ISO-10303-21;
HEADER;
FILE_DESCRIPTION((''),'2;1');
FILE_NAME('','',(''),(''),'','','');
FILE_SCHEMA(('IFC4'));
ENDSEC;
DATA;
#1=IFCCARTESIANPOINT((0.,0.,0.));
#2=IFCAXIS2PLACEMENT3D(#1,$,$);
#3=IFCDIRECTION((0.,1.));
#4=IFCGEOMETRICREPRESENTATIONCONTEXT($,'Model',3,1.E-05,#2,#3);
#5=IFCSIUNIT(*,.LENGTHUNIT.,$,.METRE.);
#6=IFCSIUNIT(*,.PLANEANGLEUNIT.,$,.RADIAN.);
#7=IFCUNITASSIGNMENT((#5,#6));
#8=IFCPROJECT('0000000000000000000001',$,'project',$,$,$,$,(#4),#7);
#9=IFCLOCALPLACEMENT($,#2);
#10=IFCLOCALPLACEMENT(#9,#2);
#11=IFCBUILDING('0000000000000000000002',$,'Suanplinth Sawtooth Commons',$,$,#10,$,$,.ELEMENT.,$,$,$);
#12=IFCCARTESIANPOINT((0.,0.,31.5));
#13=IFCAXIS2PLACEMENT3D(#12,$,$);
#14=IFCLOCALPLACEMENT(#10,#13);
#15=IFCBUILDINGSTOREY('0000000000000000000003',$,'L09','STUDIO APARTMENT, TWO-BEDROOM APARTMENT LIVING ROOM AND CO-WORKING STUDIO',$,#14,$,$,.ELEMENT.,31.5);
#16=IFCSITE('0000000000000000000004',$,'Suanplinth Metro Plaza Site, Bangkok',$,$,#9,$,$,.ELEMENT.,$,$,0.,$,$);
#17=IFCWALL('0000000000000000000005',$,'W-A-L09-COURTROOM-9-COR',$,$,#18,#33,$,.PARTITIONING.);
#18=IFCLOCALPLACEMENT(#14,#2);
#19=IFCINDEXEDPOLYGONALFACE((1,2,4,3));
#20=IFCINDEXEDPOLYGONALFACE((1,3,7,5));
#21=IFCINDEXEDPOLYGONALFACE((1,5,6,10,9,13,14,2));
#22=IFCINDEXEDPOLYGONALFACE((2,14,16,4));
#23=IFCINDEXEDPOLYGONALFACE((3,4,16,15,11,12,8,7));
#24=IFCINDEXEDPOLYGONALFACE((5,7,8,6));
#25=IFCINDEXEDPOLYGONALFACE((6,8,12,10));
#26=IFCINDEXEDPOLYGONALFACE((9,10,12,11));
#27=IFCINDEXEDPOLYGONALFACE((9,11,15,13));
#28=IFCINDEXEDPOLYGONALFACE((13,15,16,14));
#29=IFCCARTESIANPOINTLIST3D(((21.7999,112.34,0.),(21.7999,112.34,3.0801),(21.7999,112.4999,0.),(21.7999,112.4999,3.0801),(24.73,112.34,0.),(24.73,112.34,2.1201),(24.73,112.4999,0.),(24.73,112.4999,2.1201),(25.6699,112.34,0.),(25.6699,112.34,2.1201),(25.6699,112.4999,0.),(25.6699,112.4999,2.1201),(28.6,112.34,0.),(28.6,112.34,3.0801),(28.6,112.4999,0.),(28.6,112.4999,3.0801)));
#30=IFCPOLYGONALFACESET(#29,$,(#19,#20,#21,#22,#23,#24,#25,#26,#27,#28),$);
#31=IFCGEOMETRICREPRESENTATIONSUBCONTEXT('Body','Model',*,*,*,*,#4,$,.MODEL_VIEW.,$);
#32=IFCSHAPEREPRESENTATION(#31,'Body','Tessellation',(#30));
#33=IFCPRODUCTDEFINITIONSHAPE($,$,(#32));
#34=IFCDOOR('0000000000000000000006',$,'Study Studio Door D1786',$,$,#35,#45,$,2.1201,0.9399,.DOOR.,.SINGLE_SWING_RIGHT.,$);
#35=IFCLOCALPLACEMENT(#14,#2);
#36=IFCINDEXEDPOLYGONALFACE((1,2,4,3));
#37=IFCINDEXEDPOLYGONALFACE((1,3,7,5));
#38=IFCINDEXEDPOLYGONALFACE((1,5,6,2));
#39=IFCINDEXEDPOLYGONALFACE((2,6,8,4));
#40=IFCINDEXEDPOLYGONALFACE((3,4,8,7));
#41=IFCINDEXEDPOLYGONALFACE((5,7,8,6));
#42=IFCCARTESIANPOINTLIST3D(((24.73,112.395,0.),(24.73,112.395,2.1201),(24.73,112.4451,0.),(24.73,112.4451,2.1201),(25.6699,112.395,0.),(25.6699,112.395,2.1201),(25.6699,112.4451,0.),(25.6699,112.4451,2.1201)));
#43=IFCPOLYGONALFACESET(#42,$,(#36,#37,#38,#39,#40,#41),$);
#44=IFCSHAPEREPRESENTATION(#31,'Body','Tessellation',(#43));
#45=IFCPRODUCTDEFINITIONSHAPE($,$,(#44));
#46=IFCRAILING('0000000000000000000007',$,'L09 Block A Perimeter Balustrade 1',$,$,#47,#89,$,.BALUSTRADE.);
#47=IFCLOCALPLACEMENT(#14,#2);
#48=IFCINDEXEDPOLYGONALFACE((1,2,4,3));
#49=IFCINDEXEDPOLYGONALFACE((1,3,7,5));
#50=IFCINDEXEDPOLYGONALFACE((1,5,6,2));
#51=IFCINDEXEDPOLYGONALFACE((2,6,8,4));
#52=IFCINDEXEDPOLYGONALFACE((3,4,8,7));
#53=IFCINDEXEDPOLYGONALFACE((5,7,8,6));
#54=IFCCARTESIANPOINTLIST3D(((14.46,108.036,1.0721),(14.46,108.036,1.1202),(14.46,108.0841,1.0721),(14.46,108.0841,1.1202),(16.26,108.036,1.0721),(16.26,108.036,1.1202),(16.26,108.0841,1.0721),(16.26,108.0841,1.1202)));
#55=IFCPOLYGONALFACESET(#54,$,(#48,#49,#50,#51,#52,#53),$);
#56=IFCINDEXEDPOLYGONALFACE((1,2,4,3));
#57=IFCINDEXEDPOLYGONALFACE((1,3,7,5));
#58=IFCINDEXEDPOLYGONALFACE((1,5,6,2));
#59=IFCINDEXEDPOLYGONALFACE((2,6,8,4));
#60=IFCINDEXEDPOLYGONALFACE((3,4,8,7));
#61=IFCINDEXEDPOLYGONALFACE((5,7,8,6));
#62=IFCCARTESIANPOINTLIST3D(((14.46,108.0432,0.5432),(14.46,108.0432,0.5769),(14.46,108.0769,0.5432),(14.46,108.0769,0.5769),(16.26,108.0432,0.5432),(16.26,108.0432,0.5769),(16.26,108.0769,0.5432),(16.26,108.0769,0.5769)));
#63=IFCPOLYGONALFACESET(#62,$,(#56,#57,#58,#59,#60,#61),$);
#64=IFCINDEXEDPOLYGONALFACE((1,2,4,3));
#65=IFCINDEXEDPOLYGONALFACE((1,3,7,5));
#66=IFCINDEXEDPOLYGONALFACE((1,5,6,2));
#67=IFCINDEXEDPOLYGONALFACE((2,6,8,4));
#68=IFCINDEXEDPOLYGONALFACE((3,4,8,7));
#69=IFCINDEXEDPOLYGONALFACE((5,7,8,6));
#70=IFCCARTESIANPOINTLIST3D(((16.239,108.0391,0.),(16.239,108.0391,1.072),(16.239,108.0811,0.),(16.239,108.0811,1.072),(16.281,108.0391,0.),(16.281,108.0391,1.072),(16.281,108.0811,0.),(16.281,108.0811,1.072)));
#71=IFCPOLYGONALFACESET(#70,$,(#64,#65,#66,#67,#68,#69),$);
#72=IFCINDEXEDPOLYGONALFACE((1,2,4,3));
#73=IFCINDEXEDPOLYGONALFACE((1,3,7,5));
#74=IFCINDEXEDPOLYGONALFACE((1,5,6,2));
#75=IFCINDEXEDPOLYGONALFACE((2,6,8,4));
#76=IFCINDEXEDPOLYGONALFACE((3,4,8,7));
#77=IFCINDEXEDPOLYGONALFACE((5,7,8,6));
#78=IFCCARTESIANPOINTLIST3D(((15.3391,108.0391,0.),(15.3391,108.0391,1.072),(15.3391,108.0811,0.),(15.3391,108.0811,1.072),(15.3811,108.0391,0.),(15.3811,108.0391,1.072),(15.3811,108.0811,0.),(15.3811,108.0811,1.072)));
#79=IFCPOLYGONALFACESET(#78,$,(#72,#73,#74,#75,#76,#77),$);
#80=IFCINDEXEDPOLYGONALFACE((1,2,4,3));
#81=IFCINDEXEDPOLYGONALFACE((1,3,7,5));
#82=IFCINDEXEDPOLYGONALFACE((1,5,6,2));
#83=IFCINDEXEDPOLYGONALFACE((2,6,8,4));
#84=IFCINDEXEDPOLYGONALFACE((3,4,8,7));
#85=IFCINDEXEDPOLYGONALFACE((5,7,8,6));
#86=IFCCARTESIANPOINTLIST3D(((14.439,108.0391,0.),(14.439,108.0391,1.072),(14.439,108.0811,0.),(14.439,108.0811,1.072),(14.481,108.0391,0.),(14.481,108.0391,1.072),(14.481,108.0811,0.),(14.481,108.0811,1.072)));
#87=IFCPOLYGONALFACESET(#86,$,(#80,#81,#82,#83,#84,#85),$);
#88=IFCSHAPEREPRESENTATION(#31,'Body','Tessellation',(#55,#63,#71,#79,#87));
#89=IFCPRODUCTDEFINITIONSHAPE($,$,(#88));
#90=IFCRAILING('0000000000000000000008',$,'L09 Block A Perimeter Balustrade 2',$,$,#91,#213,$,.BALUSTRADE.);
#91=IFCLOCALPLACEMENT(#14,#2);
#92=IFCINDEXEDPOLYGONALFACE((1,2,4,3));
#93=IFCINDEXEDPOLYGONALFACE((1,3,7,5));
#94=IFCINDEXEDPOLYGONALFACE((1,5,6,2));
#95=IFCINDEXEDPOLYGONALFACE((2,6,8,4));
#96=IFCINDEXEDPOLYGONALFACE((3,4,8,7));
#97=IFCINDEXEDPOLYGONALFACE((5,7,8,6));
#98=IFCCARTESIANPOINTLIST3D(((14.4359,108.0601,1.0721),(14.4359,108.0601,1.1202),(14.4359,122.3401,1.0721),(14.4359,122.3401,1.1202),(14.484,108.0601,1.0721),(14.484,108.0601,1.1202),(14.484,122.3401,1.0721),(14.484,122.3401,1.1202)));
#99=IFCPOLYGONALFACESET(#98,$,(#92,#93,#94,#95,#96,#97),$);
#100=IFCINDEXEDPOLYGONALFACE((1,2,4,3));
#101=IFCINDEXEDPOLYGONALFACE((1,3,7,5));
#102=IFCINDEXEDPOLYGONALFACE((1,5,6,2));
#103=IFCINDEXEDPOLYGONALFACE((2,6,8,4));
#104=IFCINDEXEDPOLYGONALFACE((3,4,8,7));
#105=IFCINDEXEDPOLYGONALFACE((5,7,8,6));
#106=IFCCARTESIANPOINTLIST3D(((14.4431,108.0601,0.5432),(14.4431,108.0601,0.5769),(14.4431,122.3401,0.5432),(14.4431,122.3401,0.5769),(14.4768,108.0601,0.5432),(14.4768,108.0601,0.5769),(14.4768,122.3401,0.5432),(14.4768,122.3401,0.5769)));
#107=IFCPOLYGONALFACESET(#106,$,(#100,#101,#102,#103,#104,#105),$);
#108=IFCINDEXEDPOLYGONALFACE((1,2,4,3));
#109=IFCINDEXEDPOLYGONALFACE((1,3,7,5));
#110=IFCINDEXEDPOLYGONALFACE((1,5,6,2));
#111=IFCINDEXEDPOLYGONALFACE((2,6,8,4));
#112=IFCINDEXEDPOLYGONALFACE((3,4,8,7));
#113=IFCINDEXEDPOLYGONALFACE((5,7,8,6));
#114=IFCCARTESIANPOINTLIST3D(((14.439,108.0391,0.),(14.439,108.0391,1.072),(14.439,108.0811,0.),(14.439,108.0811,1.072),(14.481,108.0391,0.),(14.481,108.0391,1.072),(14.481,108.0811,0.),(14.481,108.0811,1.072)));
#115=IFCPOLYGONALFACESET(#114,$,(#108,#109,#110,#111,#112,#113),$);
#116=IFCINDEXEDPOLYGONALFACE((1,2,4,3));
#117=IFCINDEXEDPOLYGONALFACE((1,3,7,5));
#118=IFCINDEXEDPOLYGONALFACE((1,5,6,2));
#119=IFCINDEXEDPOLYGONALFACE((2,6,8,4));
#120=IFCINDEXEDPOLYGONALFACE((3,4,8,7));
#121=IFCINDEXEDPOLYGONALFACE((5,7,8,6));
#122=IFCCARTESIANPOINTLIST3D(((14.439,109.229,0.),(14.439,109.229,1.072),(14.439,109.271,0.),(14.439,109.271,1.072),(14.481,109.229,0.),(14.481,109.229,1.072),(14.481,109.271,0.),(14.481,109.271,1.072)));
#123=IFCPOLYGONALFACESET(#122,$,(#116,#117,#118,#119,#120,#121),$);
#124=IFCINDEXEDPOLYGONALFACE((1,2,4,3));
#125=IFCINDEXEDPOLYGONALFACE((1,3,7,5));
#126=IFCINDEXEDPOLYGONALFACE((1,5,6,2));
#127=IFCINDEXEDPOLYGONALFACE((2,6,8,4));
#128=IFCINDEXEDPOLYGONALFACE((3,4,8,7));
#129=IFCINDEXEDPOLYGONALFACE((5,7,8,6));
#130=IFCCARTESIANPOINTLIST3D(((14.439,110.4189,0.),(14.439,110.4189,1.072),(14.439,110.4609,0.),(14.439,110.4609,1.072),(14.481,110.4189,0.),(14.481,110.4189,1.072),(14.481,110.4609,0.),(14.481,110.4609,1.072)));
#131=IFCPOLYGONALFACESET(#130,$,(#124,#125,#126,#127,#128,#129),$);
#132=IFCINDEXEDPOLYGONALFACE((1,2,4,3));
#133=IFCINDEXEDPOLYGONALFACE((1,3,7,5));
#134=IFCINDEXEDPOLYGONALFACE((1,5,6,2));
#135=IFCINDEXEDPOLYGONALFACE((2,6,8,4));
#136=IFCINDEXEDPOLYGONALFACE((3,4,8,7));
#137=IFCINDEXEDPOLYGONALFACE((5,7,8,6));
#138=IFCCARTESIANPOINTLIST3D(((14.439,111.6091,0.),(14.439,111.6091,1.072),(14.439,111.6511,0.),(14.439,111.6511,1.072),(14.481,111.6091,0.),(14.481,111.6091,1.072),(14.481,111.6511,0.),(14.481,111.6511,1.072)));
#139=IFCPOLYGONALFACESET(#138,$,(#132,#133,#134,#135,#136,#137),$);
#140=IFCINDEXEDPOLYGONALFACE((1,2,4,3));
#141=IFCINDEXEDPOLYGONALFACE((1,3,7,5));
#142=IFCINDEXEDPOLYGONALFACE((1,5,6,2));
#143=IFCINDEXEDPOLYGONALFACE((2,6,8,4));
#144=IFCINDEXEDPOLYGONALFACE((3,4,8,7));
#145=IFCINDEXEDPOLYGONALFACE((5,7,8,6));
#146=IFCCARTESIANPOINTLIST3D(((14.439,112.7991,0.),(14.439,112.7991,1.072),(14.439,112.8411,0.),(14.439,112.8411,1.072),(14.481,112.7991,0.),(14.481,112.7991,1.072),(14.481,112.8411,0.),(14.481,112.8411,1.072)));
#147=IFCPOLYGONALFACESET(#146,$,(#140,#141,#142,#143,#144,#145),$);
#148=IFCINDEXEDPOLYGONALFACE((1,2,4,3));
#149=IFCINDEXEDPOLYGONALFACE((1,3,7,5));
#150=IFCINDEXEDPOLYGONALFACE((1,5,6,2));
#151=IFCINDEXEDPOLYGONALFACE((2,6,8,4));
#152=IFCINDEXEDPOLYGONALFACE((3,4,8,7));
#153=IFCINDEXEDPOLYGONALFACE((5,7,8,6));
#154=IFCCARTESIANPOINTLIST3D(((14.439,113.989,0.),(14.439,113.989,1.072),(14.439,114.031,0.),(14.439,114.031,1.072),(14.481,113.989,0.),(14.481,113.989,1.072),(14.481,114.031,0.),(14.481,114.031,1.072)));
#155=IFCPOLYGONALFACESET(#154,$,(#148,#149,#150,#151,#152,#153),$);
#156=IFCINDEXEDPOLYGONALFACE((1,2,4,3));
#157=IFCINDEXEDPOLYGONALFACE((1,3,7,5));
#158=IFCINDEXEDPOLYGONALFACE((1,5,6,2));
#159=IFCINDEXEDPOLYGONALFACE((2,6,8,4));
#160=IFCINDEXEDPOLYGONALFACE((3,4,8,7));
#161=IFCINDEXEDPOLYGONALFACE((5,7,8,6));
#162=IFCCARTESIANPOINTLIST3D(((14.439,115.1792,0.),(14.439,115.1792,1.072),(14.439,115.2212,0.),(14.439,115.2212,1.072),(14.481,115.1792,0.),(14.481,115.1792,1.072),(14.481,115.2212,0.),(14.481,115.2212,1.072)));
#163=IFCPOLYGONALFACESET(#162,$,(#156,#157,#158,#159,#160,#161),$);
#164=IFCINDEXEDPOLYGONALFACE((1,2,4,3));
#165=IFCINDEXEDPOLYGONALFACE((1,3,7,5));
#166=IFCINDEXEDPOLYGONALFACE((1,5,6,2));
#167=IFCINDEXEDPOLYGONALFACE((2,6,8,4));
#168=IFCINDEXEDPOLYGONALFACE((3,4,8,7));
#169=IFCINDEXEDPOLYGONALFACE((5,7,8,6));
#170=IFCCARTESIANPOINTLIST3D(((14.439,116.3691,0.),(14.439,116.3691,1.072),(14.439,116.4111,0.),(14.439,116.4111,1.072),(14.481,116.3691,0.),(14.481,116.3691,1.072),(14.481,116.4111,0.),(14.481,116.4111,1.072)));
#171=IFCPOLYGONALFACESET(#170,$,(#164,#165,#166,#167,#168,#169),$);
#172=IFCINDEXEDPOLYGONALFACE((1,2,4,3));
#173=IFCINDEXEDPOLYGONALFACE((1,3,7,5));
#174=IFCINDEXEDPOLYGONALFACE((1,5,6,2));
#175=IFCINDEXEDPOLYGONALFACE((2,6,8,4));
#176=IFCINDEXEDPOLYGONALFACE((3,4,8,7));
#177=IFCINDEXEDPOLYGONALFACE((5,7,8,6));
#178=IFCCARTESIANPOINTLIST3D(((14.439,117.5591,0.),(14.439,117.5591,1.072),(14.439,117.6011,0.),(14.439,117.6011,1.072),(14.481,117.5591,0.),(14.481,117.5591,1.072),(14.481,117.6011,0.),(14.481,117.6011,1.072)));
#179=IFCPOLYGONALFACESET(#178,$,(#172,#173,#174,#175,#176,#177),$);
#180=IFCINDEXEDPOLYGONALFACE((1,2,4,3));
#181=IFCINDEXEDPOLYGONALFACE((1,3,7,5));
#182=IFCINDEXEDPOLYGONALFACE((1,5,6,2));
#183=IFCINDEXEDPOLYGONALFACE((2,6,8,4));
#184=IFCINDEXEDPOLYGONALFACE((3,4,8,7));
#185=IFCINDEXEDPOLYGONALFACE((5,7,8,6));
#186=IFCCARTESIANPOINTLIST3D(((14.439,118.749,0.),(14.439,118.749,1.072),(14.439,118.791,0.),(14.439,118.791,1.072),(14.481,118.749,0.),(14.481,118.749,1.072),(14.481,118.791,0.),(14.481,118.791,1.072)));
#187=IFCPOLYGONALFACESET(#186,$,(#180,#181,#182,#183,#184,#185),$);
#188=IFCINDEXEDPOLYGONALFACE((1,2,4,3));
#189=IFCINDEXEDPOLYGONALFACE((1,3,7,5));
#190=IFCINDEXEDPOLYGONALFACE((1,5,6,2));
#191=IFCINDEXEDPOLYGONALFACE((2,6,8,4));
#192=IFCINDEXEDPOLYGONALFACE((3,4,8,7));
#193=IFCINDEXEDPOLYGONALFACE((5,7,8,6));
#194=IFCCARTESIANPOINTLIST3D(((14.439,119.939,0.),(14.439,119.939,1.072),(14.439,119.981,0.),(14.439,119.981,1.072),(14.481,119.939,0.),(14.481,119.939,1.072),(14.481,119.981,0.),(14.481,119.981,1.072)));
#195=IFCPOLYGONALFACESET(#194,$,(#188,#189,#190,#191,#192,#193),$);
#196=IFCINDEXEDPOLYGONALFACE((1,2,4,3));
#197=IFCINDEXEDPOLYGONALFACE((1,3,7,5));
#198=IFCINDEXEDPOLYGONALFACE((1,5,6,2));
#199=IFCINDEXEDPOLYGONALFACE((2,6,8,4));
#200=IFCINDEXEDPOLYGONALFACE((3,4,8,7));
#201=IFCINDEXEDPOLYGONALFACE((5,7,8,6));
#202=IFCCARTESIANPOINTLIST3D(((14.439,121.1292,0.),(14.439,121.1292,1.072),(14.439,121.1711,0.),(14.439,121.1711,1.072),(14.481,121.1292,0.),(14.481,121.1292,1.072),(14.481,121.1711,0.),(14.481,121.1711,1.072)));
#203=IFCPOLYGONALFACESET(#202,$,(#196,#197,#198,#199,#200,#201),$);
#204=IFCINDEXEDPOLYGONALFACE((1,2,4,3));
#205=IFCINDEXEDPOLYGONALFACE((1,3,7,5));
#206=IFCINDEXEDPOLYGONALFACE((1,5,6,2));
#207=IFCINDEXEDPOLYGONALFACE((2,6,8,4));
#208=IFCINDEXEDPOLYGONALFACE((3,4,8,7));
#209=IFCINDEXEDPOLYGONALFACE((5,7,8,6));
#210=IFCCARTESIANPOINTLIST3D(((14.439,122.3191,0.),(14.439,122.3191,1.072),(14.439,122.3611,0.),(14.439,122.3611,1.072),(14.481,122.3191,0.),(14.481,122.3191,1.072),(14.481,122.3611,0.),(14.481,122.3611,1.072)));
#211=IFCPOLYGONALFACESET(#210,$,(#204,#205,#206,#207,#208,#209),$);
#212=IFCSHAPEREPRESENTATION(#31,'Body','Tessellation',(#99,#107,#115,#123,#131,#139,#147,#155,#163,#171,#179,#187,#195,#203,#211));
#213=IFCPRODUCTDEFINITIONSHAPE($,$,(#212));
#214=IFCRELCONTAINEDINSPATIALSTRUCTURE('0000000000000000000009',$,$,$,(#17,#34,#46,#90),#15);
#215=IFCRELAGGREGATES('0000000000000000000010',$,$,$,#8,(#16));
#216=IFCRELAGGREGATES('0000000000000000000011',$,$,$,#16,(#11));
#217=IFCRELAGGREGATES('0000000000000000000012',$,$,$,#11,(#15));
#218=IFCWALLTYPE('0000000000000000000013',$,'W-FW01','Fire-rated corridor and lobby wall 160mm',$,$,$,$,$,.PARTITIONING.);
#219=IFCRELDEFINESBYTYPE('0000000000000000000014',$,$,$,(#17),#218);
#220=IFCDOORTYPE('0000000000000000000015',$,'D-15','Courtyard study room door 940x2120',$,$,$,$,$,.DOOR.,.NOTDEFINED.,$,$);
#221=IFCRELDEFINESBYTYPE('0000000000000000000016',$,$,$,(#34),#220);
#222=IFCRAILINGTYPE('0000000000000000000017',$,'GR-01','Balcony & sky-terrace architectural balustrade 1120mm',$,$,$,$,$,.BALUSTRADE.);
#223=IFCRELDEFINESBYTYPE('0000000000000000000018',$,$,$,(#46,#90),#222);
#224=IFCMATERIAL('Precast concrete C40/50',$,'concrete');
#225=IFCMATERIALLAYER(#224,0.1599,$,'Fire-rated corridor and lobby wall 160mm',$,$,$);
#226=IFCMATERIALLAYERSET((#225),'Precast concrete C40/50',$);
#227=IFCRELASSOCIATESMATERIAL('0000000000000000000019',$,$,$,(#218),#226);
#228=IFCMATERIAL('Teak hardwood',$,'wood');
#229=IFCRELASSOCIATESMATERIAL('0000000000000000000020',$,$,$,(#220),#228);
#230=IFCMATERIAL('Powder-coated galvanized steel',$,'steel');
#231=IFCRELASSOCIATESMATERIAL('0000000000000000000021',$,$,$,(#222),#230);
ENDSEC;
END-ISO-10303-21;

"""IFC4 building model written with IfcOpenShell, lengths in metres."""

from ifc_helpers import new_model, si_unit, direction, frame, frame_2d, origin, origin_2d, place, context, subcontext, project, spatial, rectangle, extrude, material, layer, layer_set, type_object, element, fill, save


model = new_model("IFC4")

# Units and contexts
model_context = context("Model", 3, precision=1e-05, world=origin(), true_north=direction((0.0, 1.0)))
body_context = subcontext(model_context, "Body", "Model", "MODEL_VIEW")
ifc_project = project(units=[si_unit("LENGTHUNIT", "METRE"), si_unit("PLANEANGLEUNIT", "RADIAN")], contexts=[model_context])

# Site, building, storey
site_placement = place(None, origin())
site = spatial("IfcSite", under=ifc_project, at=site_placement, Name="Suanplinth Metro Plaza Site, Bangkok", CompositionType="ELEMENT", RefElevation=0.0)
building_placement = place(site_placement, origin())
building = spatial("IfcBuilding", under=site, at=building_placement, Name="Suanplinth Sawtooth Commons", CompositionType="ELEMENT")
storey_placement = place(building_placement, frame((0.0, 0.0, 31.5)))
storey = spatial("IfcBuildingStorey", under=building, at=storey_placement, Name="L09", Description="STUDIO APARTMENT, TWO-BEDROOM APARTMENT LIVING ROOM AND CO-WORKING STUDIO", CompositionType="ELEMENT", Elevation=31.5)

# Shared definitions
ifc_material_1 = material(Name="Precast concrete C40/50", Category="concrete")

# Shared definitions
ifc_layer_1 = layer(ifc_material_1, 0.1599, Name="Fire-rated corridor and lobby wall 160mm")
ifc_layer_set_1 = layer_set([ifc_layer_1], Name="Precast concrete C40/50")
wall_type_1 = type_object("IfcWallType", Name="W-FW01", Description="Fire-rated corridor and lobby wall 160mm", PredefinedType="PARTITIONING", material=ifc_layer_set_1)

# Wall, opening, door
ifc_material_2 = material(Name="Teak hardwood", Category="wood")
door_type_1 = type_object("IfcDoorType", Name="D-15", Description="Courtyard study room door 940x2120", OperationType="NOTDEFINED", PredefinedType="DOOR", material=ifc_material_2)
wall_1_placement = place(storey_placement, frame((21.8, 112.4199, 0.0), z_axis=(0.0, 0.0, 1.0), x_axis=(1.0, 0.0, 0.0)))
wall_1 = element("IfcWall", 1, at=wall_1_placement, inside=storey, type_object=wall_type_1, Name="W-A-L09-COURTROOM-9-COR", PredefinedType="PARTITIONING", context=body_context, shape_type="SweptSolid", body=[
    extrude(rectangle(XDim=6.8, YDim=0.1599, at=frame_2d((3.3999, 0.0))), origin(), (0.0, 0.0, 1.0), 3.0801),
])
opening_1_placement = place(wall_1_placement, frame((2.9299, 0.0, 0.0)))
opening_1 = element("IfcOpeningElement", 2, at=opening_1_placement, cuts=wall_1, PredefinedType="OPENING", context=body_context, shape_type="SweptSolid", body=[
    extrude(rectangle(XDim=0.9399, YDim=2.1201, at=frame_2d((0.47, 1.0601))), frame((0.0, 0.0947, 0.0), z_axis=(0.0, -1.0, 0.0), x_axis=(1.0, 0.0, 0.0)), (0.0, 0.0, 1.0), 0.1897),
])
door_1_placement = place(opening_1_placement, frame((0.9399, 0.0, 0.0), z_axis=(0.0, 0.0, 1.0), x_axis=(-1.0, 0.0, 0.0)))
door_1 = element("IfcDoor", 3, at=door_1_placement, inside=storey, type_object=door_type_1, Name="Study Studio Door D1786", OperationType="SINGLE_SWING_RIGHT", OverallHeight=2.1201, OverallWidth=0.9399, PredefinedType="DOOR", context=body_context, shape_type="SweptSolid", body=[
    extrude(rectangle(XDim=0.9399, YDim=2.1201, at=frame_2d((0.47, 1.0601))), frame((0.0, 0.0249, 0.0), z_axis=(0.0, -1.0, 0.0), x_axis=(1.0, 0.0, 0.0)), (0.0, 0.0, 1.0), 0.05),
])
fill(opening_1, door_1)

# Railings
ifc_material_3 = material(Name="Powder-coated galvanized steel", Category="steel")
railing_type = type_object("IfcRailingType", Name="GR-01", Description="Balcony & sky-terrace architectural balustrade 1120mm", PredefinedType="BALUSTRADE", material=ifc_material_3)
railing_1_placement = place(storey_placement, frame((16.26, 108.0601, 0.0)))
element("IfcRailing", 4, at=railing_1_placement, inside=storey, type_object=railing_type, Name="L09 Block A Perimeter Balustrade 1", PredefinedType="BALUSTRADE", context=body_context, shape_type="SweptSolid", body=[
    extrude(rectangle(XDim=0.0481, YDim=0.0481, at=origin_2d()), frame((0.0, 0.0, 1.0962), z_axis=(-1.0, 0.0, 0.0), x_axis=(0.0, -1.0, 0.0)), (0.0, 0.0, 1.0), 1.8),
    extrude(rectangle(XDim=0.0337, YDim=0.0337, at=origin_2d()), frame((0.0, 0.0, 0.5601), z_axis=(-1.0, 0.0, 0.0), x_axis=(0.0, -1.0, 0.0)), (0.0, 0.0, 1.0), 1.8),
    extrude(rectangle(XDim=0.042, YDim=0.042, at=origin_2d()), origin(), (0.0, 0.0, 1.0), 1.072),
    extrude(rectangle(XDim=0.042, YDim=0.042, at=origin_2d()), frame((-0.8999, 0.0, 0.0)), (0.0, 0.0, 1.0), 1.072),
    extrude(rectangle(XDim=0.042, YDim=0.042, at=origin_2d()), frame((-1.8, 0.0, 0.0)), (0.0, 0.0, 1.0), 1.072),
])
railing_2_placement = place(storey_placement, frame((14.46, 108.0601, 0.0)))
element("IfcRailing", 5, at=railing_2_placement, inside=storey, type_object=railing_type, Name="L09 Block A Perimeter Balustrade 2", PredefinedType="BALUSTRADE", context=body_context, shape_type="SweptSolid", body=[
    extrude(rectangle(XDim=0.0481, YDim=0.0481, at=origin_2d()), frame((0.0, 0.0, 1.0962), z_axis=(0.0, 1.0, 0.0), x_axis=(-1.0, 0.0, 0.0)), (0.0, 0.0, 1.0), 14.28),
    extrude(rectangle(XDim=0.0337, YDim=0.0337, at=origin_2d()), frame((0.0, 0.0, 0.5601), z_axis=(0.0, 1.0, 0.0), x_axis=(-1.0, 0.0, 0.0)), (0.0, 0.0, 1.0), 14.28),
    extrude(rectangle(XDim=0.042, YDim=0.042, at=origin_2d()), origin(), (0.0, 0.0, 1.0), 1.072),
    extrude(rectangle(XDim=0.042, YDim=0.042, at=origin_2d()), frame((0.0, 1.1899, 0.0)), (0.0, 0.0, 1.0), 1.072),
    extrude(rectangle(XDim=0.042, YDim=0.042, at=origin_2d()), frame((0.0, 2.3799, 0.0)), (0.0, 0.0, 1.0), 1.072),
    extrude(rectangle(XDim=0.042, YDim=0.042, at=origin_2d()), frame((0.0, 3.5701, 0.0)), (0.0, 0.0, 1.0), 1.072),
    extrude(rectangle(XDim=0.042, YDim=0.042, at=origin_2d()), frame((0.0, 4.76, 0.0)), (0.0, 0.0, 1.0), 1.072),
    extrude(rectangle(XDim=0.042, YDim=0.042, at=origin_2d()), frame((0.0, 5.95, 0.0)), (0.0, 0.0, 1.0), 1.072),
    extrude(rectangle(XDim=0.042, YDim=0.042, at=origin_2d()), frame((0.0, 7.1401, 0.0)), (0.0, 0.0, 1.0), 1.072),
    extrude(rectangle(XDim=0.042, YDim=0.042, at=origin_2d()), frame((0.0, 8.3301, 0.0)), (0.0, 0.0, 1.0), 1.072),
    extrude(rectangle(XDim=0.042, YDim=0.042, at=origin_2d()), frame((0.0, 9.52, 0.0)), (0.0, 0.0, 1.0), 1.072),
    extrude(rectangle(XDim=0.042, YDim=0.042, at=origin_2d()), frame((0.0, 10.71, 0.0)), (0.0, 0.0, 1.0), 1.072),
    extrude(rectangle(XDim=0.042, YDim=0.042, at=origin_2d()), frame((0.0, 11.8999, 0.0)), (0.0, 0.0, 1.0), 1.072),
    extrude(rectangle(XDim=0.042, YDim=0.042, at=origin_2d()), frame((0.0, 13.0901, 0.0)), (0.0, 0.0, 1.0), 1.072),
    extrude(rectangle(XDim=0.042, YDim=0.042, at=origin_2d()), frame((0.0, 14.28, 0.0)), (0.0, 0.0, 1.0), 1.072),
])

save(model, "model.ifc")
